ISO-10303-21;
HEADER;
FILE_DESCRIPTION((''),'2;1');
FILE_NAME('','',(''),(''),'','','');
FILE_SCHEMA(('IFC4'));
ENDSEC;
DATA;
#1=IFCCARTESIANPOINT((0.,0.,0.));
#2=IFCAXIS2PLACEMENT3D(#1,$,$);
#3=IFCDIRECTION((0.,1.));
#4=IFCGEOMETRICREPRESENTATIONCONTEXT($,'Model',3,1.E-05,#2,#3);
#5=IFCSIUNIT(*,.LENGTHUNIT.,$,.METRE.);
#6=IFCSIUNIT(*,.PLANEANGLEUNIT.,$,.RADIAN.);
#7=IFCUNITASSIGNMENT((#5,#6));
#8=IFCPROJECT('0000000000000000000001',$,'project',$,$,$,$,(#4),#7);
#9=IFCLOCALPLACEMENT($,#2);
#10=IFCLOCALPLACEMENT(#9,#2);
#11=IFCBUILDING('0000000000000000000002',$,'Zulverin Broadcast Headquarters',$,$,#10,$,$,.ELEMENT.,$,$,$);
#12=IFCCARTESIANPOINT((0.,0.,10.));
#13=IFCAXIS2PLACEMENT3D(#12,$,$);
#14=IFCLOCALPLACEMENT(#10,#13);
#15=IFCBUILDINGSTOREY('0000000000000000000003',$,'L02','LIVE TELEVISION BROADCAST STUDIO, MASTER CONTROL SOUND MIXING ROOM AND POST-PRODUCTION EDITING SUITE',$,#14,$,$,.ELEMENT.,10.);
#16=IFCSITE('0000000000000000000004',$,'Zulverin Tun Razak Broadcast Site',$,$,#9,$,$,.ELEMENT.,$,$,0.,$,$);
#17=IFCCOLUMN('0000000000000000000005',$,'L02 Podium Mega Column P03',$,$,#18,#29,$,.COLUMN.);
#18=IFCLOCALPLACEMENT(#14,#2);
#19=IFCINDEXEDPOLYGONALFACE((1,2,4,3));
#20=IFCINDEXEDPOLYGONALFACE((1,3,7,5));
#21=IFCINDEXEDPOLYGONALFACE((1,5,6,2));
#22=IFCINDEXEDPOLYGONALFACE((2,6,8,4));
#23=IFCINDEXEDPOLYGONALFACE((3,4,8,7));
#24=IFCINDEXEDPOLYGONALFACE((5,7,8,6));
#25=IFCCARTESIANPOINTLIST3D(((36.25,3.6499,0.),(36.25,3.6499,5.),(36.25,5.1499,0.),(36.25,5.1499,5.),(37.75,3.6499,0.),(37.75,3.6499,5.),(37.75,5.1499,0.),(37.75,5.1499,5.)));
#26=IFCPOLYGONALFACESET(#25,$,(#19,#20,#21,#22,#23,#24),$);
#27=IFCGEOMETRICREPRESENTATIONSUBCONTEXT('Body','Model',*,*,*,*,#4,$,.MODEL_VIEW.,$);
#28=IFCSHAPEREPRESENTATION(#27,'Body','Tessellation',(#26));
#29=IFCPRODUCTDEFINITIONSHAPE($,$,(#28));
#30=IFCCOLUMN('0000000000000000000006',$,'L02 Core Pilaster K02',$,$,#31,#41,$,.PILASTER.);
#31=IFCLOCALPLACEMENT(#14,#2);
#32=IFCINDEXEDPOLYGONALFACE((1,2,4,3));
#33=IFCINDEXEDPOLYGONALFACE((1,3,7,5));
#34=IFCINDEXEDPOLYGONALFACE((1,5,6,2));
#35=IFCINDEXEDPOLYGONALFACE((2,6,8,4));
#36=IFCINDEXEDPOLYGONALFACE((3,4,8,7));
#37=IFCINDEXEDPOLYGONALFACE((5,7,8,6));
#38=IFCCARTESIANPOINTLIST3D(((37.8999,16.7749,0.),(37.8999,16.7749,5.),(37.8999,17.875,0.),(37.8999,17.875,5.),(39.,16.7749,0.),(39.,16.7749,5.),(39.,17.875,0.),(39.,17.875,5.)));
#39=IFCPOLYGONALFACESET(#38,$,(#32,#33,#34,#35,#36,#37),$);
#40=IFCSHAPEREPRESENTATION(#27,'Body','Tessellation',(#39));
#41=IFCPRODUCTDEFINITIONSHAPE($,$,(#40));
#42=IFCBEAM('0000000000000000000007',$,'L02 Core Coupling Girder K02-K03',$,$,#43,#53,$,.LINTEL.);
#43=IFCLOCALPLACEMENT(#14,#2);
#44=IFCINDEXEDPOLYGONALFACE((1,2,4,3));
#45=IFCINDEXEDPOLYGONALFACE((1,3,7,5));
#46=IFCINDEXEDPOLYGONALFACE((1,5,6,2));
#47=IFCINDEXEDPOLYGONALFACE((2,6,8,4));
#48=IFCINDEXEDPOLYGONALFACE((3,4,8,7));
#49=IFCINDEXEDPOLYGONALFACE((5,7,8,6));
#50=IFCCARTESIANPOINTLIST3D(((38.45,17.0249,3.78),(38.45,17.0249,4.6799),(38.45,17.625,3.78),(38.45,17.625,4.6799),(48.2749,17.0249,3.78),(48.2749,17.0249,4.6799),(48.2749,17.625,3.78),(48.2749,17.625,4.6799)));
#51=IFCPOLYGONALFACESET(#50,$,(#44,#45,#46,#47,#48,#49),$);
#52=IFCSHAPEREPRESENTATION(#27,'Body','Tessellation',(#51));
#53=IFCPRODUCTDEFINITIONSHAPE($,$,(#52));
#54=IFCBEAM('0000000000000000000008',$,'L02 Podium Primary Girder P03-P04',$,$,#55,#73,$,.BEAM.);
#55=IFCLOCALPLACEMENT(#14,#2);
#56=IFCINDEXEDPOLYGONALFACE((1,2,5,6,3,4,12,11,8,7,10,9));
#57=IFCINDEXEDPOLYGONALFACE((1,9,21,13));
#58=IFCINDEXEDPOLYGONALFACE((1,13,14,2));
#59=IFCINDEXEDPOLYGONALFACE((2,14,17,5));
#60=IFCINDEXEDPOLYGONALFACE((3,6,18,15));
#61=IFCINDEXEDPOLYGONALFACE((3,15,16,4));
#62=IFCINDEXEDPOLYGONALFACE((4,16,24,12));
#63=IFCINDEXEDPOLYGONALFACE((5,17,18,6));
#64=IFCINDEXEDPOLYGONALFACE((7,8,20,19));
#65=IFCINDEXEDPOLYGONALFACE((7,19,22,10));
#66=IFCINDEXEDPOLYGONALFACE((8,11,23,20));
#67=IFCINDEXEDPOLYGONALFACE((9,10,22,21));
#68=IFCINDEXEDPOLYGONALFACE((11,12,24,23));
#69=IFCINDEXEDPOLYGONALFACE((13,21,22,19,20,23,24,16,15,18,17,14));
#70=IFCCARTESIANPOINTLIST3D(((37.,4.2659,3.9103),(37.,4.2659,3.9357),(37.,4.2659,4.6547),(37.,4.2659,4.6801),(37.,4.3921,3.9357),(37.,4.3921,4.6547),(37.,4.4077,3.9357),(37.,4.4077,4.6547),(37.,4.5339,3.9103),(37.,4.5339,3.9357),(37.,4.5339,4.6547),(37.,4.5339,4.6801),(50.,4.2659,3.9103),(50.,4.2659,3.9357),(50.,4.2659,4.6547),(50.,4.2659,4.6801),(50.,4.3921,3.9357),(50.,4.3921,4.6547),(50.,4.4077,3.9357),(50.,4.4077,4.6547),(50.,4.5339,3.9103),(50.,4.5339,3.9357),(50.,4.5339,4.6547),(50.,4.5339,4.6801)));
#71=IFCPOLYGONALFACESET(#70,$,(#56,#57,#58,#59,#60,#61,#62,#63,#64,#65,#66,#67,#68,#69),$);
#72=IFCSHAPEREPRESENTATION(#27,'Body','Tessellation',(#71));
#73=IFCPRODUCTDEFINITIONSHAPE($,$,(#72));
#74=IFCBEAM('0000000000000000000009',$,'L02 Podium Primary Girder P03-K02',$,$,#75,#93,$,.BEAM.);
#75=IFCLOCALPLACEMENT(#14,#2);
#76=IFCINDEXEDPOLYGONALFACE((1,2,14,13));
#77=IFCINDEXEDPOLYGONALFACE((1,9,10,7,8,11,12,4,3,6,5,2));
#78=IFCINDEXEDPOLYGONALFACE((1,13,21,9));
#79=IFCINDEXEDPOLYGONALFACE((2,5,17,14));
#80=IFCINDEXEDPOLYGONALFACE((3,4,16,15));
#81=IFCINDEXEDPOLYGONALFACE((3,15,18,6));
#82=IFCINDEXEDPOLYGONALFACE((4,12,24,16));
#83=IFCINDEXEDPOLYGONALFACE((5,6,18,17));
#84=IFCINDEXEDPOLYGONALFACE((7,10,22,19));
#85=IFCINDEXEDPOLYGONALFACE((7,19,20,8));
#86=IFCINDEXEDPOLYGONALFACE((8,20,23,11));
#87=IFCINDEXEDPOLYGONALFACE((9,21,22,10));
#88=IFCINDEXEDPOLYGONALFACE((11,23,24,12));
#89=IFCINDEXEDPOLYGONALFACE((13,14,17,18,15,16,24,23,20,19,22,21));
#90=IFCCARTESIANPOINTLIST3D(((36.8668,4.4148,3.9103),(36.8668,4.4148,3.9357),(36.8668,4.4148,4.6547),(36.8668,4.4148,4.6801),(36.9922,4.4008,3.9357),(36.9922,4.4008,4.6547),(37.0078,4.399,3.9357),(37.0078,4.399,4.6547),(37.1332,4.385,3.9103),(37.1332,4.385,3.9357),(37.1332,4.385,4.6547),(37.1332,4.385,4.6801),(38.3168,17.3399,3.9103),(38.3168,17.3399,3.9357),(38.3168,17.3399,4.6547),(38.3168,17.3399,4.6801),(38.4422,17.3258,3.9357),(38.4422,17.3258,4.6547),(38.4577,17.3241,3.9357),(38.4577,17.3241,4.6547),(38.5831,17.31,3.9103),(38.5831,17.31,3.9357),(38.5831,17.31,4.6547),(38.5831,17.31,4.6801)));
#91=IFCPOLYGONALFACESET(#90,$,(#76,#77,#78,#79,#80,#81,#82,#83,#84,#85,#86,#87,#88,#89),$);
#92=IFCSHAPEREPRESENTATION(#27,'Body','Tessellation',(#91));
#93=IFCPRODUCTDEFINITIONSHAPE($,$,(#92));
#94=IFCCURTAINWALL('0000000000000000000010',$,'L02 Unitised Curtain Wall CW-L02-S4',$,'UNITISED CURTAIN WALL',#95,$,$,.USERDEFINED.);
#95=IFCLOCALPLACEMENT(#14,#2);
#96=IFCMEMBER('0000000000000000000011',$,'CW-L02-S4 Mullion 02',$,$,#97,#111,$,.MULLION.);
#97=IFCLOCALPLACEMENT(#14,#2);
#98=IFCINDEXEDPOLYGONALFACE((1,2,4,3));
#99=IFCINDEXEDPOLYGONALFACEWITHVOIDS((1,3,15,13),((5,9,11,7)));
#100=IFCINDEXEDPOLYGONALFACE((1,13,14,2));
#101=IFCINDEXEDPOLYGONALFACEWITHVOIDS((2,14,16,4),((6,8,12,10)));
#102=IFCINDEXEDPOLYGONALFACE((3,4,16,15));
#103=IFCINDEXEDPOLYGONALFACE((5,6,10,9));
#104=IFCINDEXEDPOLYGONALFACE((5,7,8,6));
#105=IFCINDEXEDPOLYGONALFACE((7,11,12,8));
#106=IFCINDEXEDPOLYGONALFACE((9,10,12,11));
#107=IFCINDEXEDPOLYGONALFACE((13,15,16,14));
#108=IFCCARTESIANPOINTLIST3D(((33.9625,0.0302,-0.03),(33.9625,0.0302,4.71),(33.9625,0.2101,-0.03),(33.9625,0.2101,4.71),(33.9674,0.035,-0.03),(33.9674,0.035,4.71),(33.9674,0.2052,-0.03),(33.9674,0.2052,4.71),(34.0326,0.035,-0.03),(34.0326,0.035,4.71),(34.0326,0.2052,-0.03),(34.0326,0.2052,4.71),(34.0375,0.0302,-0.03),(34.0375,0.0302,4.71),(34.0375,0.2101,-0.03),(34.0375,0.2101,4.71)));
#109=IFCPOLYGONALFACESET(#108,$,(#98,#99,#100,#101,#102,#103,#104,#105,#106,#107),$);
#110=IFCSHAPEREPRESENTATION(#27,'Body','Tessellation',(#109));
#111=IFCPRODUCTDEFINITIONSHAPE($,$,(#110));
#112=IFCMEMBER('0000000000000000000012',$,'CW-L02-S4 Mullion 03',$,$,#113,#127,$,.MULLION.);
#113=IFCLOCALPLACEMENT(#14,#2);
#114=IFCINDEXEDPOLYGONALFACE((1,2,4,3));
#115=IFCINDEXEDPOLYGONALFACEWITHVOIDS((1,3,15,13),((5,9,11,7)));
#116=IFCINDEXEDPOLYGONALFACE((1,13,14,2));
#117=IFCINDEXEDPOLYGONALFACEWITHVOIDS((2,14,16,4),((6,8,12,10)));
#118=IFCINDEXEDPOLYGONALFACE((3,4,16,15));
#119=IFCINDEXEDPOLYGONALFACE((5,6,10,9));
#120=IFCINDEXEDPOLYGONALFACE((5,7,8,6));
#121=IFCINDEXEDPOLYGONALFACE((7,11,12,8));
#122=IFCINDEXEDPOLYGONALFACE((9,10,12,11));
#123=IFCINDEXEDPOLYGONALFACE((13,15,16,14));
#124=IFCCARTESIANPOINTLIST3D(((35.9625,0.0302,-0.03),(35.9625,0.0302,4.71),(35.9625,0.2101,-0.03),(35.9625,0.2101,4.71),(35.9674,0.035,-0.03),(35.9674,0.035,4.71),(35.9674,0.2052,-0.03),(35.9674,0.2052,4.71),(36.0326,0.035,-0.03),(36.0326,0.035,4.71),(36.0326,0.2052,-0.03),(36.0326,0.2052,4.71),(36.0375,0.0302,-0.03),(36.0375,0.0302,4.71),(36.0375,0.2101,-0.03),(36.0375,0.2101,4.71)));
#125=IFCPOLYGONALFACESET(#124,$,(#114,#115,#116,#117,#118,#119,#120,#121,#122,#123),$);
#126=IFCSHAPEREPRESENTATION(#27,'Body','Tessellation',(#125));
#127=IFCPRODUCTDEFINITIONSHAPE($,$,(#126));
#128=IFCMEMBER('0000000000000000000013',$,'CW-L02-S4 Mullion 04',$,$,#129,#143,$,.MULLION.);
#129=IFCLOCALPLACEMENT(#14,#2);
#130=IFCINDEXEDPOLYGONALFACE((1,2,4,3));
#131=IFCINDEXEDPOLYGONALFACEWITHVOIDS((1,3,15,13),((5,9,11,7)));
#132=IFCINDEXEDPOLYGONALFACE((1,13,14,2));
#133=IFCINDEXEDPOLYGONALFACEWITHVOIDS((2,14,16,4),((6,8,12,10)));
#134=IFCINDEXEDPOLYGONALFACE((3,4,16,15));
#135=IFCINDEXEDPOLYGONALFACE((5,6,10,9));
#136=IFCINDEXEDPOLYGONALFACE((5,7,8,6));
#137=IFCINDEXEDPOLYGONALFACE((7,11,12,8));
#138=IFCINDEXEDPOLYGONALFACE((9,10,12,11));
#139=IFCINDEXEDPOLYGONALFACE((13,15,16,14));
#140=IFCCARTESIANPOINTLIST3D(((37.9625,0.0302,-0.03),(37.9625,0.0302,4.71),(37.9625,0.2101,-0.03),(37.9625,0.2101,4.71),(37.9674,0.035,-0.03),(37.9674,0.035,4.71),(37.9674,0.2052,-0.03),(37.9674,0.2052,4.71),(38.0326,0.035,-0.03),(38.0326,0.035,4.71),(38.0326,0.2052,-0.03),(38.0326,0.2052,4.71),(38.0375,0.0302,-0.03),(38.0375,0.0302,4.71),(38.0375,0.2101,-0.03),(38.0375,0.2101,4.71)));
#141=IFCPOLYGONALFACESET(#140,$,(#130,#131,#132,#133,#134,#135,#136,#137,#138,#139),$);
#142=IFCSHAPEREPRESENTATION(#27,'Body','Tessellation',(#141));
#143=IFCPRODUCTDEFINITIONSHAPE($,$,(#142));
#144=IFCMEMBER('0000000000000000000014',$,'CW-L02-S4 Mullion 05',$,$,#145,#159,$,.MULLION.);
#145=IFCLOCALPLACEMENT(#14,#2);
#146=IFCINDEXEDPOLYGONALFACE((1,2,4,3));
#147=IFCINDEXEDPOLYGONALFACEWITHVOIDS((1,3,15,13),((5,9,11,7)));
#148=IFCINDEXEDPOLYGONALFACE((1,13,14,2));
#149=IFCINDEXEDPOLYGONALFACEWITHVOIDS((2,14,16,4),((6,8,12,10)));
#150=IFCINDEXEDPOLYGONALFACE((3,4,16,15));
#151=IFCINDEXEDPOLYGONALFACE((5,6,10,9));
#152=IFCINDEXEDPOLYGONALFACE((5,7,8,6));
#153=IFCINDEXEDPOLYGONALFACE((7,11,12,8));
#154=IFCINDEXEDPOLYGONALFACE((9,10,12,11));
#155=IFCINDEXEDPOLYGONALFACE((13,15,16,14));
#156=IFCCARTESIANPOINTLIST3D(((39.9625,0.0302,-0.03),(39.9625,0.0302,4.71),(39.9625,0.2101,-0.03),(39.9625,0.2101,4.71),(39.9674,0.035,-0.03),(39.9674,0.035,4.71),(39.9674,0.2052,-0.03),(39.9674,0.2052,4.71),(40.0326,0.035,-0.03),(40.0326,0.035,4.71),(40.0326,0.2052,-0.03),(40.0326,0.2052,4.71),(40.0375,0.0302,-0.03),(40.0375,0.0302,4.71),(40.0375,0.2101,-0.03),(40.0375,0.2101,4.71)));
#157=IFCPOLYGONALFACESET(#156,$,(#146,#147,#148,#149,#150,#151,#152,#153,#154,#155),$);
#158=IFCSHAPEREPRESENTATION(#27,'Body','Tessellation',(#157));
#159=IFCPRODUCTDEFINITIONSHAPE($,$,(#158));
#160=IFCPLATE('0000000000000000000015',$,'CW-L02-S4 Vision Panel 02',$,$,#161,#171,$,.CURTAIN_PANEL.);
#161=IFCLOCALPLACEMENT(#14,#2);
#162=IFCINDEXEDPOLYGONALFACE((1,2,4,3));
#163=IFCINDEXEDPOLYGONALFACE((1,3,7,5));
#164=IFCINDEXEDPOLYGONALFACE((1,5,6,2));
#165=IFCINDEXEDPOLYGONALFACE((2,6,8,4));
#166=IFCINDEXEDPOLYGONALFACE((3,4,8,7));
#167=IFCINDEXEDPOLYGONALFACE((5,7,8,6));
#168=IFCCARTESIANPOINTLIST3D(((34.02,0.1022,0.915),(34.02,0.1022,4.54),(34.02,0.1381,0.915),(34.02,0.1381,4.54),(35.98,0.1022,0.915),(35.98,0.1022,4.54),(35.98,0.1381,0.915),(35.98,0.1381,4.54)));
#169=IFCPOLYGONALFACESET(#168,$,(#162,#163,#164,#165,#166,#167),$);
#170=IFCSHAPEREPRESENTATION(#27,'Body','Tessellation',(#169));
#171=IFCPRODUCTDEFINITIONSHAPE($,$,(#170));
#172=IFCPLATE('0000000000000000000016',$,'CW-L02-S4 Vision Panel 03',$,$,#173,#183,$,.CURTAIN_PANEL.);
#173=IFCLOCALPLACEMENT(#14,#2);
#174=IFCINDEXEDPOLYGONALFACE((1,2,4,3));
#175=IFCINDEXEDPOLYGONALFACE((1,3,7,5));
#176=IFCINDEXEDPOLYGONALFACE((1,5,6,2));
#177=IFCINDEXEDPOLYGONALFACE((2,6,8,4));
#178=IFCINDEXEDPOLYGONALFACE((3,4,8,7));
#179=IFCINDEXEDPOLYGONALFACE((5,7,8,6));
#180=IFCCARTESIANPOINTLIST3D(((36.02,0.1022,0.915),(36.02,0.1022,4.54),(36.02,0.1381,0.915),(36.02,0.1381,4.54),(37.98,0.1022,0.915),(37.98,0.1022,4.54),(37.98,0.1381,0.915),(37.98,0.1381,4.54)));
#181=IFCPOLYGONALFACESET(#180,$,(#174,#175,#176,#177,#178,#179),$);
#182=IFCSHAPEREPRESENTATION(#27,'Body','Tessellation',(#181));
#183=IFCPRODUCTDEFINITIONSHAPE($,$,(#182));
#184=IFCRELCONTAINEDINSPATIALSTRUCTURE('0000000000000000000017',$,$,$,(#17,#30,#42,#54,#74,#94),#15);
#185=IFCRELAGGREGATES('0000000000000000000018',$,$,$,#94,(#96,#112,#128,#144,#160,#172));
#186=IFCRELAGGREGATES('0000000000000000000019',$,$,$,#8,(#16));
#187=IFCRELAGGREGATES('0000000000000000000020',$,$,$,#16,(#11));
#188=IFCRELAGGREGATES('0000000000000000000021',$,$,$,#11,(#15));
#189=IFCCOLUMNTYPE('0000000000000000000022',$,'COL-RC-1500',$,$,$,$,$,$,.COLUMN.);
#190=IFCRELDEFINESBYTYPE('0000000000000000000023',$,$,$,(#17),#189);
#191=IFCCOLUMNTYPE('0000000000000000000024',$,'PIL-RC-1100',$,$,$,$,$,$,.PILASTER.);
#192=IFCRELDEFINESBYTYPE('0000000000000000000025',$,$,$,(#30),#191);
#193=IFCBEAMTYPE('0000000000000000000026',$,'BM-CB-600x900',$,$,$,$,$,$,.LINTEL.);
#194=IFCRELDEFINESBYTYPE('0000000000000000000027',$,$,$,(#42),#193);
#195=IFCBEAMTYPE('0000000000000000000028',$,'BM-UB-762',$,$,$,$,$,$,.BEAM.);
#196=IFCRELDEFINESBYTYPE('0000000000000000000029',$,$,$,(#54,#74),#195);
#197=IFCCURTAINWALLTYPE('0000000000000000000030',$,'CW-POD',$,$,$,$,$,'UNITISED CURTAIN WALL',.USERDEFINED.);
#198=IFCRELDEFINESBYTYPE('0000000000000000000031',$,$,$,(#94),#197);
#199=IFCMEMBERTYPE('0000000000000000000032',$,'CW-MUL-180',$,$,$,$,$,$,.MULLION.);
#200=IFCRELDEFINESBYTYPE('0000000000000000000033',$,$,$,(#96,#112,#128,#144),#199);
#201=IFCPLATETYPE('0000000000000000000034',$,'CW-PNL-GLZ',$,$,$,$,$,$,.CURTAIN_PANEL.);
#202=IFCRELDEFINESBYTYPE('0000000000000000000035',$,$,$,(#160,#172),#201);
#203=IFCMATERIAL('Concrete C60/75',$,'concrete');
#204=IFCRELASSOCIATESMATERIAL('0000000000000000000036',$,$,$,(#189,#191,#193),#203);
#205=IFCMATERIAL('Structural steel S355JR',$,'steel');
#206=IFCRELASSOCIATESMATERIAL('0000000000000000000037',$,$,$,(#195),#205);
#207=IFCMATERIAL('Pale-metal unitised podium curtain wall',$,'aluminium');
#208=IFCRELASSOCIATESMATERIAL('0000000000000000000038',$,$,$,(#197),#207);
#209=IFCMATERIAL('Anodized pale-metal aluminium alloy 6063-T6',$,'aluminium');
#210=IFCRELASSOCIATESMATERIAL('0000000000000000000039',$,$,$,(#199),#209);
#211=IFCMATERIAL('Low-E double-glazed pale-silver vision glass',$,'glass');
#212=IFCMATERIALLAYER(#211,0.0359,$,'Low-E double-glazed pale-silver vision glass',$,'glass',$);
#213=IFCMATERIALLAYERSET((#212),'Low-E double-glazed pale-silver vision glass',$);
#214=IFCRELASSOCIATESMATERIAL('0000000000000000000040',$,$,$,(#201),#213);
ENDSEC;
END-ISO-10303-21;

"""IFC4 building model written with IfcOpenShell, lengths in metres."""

from ifc_helpers import new_model, si_unit, direction, frame, origin, origin_2d, place, context, subcontext, project, spatial, rectangle, hollow_rectangle, i_section, extrude, material, layer, layer_set, material_profile, profile_set, type_object, element, aggregate, save


model = new_model("IFC4")

# Units and contexts
model_context = context("Model", 3, precision=1e-05, world=origin(), true_north=direction((0.0, 1.0)))
body_context = subcontext(model_context, "Body", "Model", "MODEL_VIEW")
ifc_project = project(units=[si_unit("LENGTHUNIT", "METRE"), si_unit("PLANEANGLEUNIT", "RADIAN")], contexts=[model_context])

# Site, building, storey
site_placement = place(None, origin())
site = spatial("IfcSite", under=ifc_project, at=site_placement, Name="Zulverin Tun Razak Broadcast Site", CompositionType="ELEMENT", RefElevation=0.0)
building_placement = place(site_placement, origin())
building = spatial("IfcBuilding", under=site, at=building_placement, Name="Zulverin Broadcast Headquarters", CompositionType="ELEMENT")
storey_placement = place(building_placement, frame((0.0, 0.0, 10.0)))
storey = spatial("IfcBuildingStorey", under=building, at=storey_placement, Name="L02", Description="LIVE TELEVISION BROADCAST STUDIO, MASTER CONTROL SOUND MIXING ROOM AND POST-PRODUCTION EDITING SUITE", CompositionType="ELEMENT", Elevation=10.0)

# Columns
ifc_material_1 = material(Name="Concrete C60/75", Category="concrete")
ifc_material_profile_1 = material_profile(ifc_material_1, rectangle(XDim=1.5, YDim=1.5, at=origin_2d()), Name="Concrete C60/75", Category="concrete")
ifc_profile_set_1 = profile_set([ifc_material_profile_1], Name="Concrete C60/75")
column_type_1 = type_object("IfcColumnType", Name="COL-RC-1500", PredefinedType="COLUMN", material=ifc_profile_set_1)
column_1_placement = place(storey_placement, frame((37.0, 4.3999, 0.0), z_axis=(0.0, 0.0, 1.0), x_axis=(1.0, 0.0, 0.0)))
element("IfcColumn", 1, at=column_1_placement, inside=storey, type_object=column_type_1, Name="L02 Podium Mega Column P03", PredefinedType="COLUMN", context=body_context, shape_type="SweptSolid", body=[
    extrude(rectangle(XDim=1.5, YDim=1.5, at=origin_2d()), origin(), (0.0, 0.0, 1.0), 5.0),
])
ifc_material_profile_2 = material_profile(ifc_material_1, rectangle(XDim=1.1001, YDim=1.1001, at=origin_2d()), Name="Concrete C60/75", Category="concrete")
ifc_profile_set_2 = profile_set([ifc_material_profile_2], Name="Concrete C60/75")
column_type_2 = type_object("IfcColumnType", Name="PIL-RC-1100", PredefinedType="PILASTER", material=ifc_profile_set_2)
column_2_placement = place(storey_placement, frame((38.45, 17.325, 0.0), z_axis=(0.0, 0.0, 1.0), x_axis=(1.0, 0.0, 0.0)))
element("IfcColumn", 2, at=column_2_placement, inside=storey, type_object=column_type_2, Name="L02 Core Pilaster K02", PredefinedType="PILASTER", context=body_context, shape_type="SweptSolid", body=[
    extrude(rectangle(XDim=1.1001, YDim=1.1001, at=origin_2d()), origin(), (0.0, 0.0, 1.0), 5.0),
])

# Beams
ifc_material_profile_3 = material_profile(ifc_material_1, rectangle(XDim=0.6001, YDim=0.8999, at=origin_2d()), Name="Concrete C60/75", Category="concrete")
ifc_profile_set_3 = profile_set([ifc_material_profile_3], Name="Concrete C60/75")
beam_type_1 = type_object("IfcBeamType", Name="BM-CB-600x900", PredefinedType="LINTEL", material=ifc_profile_set_3)
beam_1_placement = place(storey_placement, frame((38.45, 17.325, 4.23), z_axis=(1.0, 0.0, 0.0), x_axis=(0.0, 1.0, 0.0)))
element("IfcBeam", 3, at=beam_1_placement, inside=storey, type_object=beam_type_1, Name="L02 Core Coupling Girder K02-K03", PredefinedType="LINTEL", context=body_context, shape_type="SweptSolid", body=[
    extrude(rectangle(XDim=0.6001, YDim=0.8999, at=origin_2d()), origin(), (0.0, 0.0, 1.0), 9.825),
])
ifc_material_2 = material(Name="Structural steel S355JR", Category="steel")
ifc_material_profile_4 = material_profile(ifc_material_2, i_section(OverallWidth=0.2681, OverallDepth=0.7698, WebThickness=0.0156, FlangeThickness=0.0254, at=origin_2d()), Name="Structural steel S355JR", Category="steel")
ifc_profile_set_4 = profile_set([ifc_material_profile_4], Name="Structural steel S355JR")
beam_type_2 = type_object("IfcBeamType", Name="BM-UB-762", PredefinedType="BEAM", material=ifc_profile_set_4)
beam_2_placement = place(storey_placement, frame((37.0, 4.3999, 4.2952), z_axis=(1.0, 0.0, 0.0), x_axis=(0.0, 1.0, 0.0)))
element("IfcBeam", 4, at=beam_2_placement, inside=storey, type_object=beam_type_2, Name="L02 Podium Primary Girder P03-P04", PredefinedType="BEAM", context=body_context, shape_type="SweptSolid", body=[
    extrude(i_section(OverallWidth=0.2681, OverallDepth=0.7698, WebThickness=0.0156, FlangeThickness=0.0254, at=origin_2d()), origin(), (0.0, 0.0, 1.0), 13.0),
])
beam_3_placement = place(storey_placement, frame((37.0, 4.3999, 4.2952), z_axis=(0.111482, 0.993766, 0.0), x_axis=(-0.993766, 0.111482, 0.0)))
element("IfcBeam", 5, at=beam_3_placement, inside=storey, type_object=beam_type_2, Name="L02 Podium Primary Girder P03-K02", PredefinedType="BEAM", context=body_context, shape_type="SweptSolid", body=[
    extrude(i_section(OverallWidth=0.2681, OverallDepth=0.7698, WebThickness=0.0156, FlangeThickness=0.0254, at=origin_2d()), origin(), (0.0, 0.0, 1.0), 13.0061),
])

# Curtain wall, members, plates
ifc_material_3 = material(Name="Pale-metal unitised podium curtain wall", Category="aluminium")
curtain_wall_type = type_object("IfcCurtainWallType", Name="CW-POD", ElementType="UNITISED CURTAIN WALL", PredefinedType="USERDEFINED", material=ifc_material_3)
curtain_wall_placement = place(storey_placement, origin())
curtain_wall = element("IfcCurtainWall", 6, at=curtain_wall_placement, inside=storey, type_object=curtain_wall_type, Name="L02 Unitised Curtain Wall CW-L02-S4", ObjectType="UNITISED CURTAIN WALL", PredefinedType="USERDEFINED")
ifc_material_4 = material(Name="Anodized pale-metal aluminium alloy 6063-T6", Category="aluminium")
ifc_material_profile_5 = material_profile(ifc_material_4, hollow_rectangle(XDim=0.075, YDim=0.1799, WallThickness=0.0049, at=origin_2d()), Name="Anodized pale-metal aluminium alloy 6063-T6", Category="aluminium")
ifc_profile_set_5 = profile_set([ifc_material_profile_5], Name="Anodized pale-metal aluminium alloy 6063-T6")
member_type = type_object("IfcMemberType", Name="CW-MUL-180", PredefinedType="MULLION", material=ifc_profile_set_5)
member_1_placement = place(storey_placement, frame((34.0, 0.1201, -0.03), z_axis=(0.0, 0.0, 1.0), x_axis=(1.0, 0.0, 0.0)))
member_1 = element("IfcMember", 7, at=member_1_placement, type_object=member_type, Name="CW-L02-S4 Mullion 02", PredefinedType="MULLION", context=body_context, shape_type="SweptSolid", body=[
    extrude(hollow_rectangle(XDim=0.075, YDim=0.1799, WallThickness=0.0049, at=origin_2d()), origin(), (0.0, 0.0, 1.0), 4.74),
])
member_2_placement = place(storey_placement, frame((36.0, 0.1201, -0.03), z_axis=(0.0, 0.0, 1.0), x_axis=(1.0, 0.0, 0.0)))
member_2 = element("IfcMember", 8, at=member_2_placement, type_object=member_type, Name="CW-L02-S4 Mullion 03", PredefinedType="MULLION", context=body_context, shape_type="SweptSolid", body=[
    extrude(hollow_rectangle(XDim=0.075, YDim=0.1799, WallThickness=0.0049, at=origin_2d()), origin(), (0.0, 0.0, 1.0), 4.74),
])
member_3_placement = place(storey_placement, frame((38.0, 0.1201, -0.03), z_axis=(0.0, 0.0, 1.0), x_axis=(1.0, 0.0, 0.0)))
member_3 = element("IfcMember", 9, at=member_3_placement, type_object=member_type, Name="CW-L02-S4 Mullion 04", PredefinedType="MULLION", context=body_context, shape_type="SweptSolid", body=[
    extrude(hollow_rectangle(XDim=0.075, YDim=0.1799, WallThickness=0.0049, at=origin_2d()), origin(), (0.0, 0.0, 1.0), 4.74),
])
member_4_placement = place(storey_placement, frame((40.0, 0.1201, -0.03), z_axis=(0.0, 0.0, 1.0), x_axis=(1.0, 0.0, 0.0)))
member_4 = element("IfcMember", 10, at=member_4_placement, type_object=member_type, Name="CW-L02-S4 Mullion 05", PredefinedType="MULLION", context=body_context, shape_type="SweptSolid", body=[
    extrude(hollow_rectangle(XDim=0.075, YDim=0.1799, WallThickness=0.0049, at=origin_2d()), origin(), (0.0, 0.0, 1.0), 4.74),
])
ifc_material_5 = material(Name="Low-E double-glazed pale-silver vision glass", Category="glass")
ifc_layer_1 = layer(ifc_material_5, 0.0359, Name="Low-E double-glazed pale-silver vision glass", Category="glass")
ifc_layer_set_1 = layer_set([ifc_layer_1], Name="Low-E double-glazed pale-silver vision glass")
plate_type_1 = type_object("IfcPlateType", Name="CW-PNL-GLZ", PredefinedType="CURTAIN_PANEL", material=ifc_layer_set_1)
plate_1_placement = place(storey_placement, frame((35.0, 0.1201, 0.915), z_axis=(0.0, 0.0, 1.0), x_axis=(1.0, 0.0, 0.0)))
plate_1 = element("IfcPlate", 11, at=plate_1_placement, type_object=plate_type_1, Name="CW-L02-S4 Vision Panel 02", PredefinedType="CURTAIN_PANEL", context=body_context, shape_type="SweptSolid", body=[
    extrude(rectangle(XDim=1.96, YDim=0.0359, at=origin_2d()), origin(), (0.0, 0.0, 1.0), 3.625),
])
plate_2_placement = place(storey_placement, frame((37.0, 0.1201, 0.915), z_axis=(0.0, 0.0, 1.0), x_axis=(1.0, 0.0, 0.0)))
plate_2 = element("IfcPlate", 12, at=plate_2_placement, type_object=plate_type_1, Name="CW-L02-S4 Vision Panel 03", PredefinedType="CURTAIN_PANEL", context=body_context, shape_type="SweptSolid", body=[
    extrude(rectangle(XDim=1.96, YDim=0.0359, at=origin_2d()), origin(), (0.0, 0.0, 1.0), 3.625),
])
aggregate(curtain_wall, [member_1, member_2, member_3, member_4, plate_1, plate_2])

save(model, "model.ifc")
